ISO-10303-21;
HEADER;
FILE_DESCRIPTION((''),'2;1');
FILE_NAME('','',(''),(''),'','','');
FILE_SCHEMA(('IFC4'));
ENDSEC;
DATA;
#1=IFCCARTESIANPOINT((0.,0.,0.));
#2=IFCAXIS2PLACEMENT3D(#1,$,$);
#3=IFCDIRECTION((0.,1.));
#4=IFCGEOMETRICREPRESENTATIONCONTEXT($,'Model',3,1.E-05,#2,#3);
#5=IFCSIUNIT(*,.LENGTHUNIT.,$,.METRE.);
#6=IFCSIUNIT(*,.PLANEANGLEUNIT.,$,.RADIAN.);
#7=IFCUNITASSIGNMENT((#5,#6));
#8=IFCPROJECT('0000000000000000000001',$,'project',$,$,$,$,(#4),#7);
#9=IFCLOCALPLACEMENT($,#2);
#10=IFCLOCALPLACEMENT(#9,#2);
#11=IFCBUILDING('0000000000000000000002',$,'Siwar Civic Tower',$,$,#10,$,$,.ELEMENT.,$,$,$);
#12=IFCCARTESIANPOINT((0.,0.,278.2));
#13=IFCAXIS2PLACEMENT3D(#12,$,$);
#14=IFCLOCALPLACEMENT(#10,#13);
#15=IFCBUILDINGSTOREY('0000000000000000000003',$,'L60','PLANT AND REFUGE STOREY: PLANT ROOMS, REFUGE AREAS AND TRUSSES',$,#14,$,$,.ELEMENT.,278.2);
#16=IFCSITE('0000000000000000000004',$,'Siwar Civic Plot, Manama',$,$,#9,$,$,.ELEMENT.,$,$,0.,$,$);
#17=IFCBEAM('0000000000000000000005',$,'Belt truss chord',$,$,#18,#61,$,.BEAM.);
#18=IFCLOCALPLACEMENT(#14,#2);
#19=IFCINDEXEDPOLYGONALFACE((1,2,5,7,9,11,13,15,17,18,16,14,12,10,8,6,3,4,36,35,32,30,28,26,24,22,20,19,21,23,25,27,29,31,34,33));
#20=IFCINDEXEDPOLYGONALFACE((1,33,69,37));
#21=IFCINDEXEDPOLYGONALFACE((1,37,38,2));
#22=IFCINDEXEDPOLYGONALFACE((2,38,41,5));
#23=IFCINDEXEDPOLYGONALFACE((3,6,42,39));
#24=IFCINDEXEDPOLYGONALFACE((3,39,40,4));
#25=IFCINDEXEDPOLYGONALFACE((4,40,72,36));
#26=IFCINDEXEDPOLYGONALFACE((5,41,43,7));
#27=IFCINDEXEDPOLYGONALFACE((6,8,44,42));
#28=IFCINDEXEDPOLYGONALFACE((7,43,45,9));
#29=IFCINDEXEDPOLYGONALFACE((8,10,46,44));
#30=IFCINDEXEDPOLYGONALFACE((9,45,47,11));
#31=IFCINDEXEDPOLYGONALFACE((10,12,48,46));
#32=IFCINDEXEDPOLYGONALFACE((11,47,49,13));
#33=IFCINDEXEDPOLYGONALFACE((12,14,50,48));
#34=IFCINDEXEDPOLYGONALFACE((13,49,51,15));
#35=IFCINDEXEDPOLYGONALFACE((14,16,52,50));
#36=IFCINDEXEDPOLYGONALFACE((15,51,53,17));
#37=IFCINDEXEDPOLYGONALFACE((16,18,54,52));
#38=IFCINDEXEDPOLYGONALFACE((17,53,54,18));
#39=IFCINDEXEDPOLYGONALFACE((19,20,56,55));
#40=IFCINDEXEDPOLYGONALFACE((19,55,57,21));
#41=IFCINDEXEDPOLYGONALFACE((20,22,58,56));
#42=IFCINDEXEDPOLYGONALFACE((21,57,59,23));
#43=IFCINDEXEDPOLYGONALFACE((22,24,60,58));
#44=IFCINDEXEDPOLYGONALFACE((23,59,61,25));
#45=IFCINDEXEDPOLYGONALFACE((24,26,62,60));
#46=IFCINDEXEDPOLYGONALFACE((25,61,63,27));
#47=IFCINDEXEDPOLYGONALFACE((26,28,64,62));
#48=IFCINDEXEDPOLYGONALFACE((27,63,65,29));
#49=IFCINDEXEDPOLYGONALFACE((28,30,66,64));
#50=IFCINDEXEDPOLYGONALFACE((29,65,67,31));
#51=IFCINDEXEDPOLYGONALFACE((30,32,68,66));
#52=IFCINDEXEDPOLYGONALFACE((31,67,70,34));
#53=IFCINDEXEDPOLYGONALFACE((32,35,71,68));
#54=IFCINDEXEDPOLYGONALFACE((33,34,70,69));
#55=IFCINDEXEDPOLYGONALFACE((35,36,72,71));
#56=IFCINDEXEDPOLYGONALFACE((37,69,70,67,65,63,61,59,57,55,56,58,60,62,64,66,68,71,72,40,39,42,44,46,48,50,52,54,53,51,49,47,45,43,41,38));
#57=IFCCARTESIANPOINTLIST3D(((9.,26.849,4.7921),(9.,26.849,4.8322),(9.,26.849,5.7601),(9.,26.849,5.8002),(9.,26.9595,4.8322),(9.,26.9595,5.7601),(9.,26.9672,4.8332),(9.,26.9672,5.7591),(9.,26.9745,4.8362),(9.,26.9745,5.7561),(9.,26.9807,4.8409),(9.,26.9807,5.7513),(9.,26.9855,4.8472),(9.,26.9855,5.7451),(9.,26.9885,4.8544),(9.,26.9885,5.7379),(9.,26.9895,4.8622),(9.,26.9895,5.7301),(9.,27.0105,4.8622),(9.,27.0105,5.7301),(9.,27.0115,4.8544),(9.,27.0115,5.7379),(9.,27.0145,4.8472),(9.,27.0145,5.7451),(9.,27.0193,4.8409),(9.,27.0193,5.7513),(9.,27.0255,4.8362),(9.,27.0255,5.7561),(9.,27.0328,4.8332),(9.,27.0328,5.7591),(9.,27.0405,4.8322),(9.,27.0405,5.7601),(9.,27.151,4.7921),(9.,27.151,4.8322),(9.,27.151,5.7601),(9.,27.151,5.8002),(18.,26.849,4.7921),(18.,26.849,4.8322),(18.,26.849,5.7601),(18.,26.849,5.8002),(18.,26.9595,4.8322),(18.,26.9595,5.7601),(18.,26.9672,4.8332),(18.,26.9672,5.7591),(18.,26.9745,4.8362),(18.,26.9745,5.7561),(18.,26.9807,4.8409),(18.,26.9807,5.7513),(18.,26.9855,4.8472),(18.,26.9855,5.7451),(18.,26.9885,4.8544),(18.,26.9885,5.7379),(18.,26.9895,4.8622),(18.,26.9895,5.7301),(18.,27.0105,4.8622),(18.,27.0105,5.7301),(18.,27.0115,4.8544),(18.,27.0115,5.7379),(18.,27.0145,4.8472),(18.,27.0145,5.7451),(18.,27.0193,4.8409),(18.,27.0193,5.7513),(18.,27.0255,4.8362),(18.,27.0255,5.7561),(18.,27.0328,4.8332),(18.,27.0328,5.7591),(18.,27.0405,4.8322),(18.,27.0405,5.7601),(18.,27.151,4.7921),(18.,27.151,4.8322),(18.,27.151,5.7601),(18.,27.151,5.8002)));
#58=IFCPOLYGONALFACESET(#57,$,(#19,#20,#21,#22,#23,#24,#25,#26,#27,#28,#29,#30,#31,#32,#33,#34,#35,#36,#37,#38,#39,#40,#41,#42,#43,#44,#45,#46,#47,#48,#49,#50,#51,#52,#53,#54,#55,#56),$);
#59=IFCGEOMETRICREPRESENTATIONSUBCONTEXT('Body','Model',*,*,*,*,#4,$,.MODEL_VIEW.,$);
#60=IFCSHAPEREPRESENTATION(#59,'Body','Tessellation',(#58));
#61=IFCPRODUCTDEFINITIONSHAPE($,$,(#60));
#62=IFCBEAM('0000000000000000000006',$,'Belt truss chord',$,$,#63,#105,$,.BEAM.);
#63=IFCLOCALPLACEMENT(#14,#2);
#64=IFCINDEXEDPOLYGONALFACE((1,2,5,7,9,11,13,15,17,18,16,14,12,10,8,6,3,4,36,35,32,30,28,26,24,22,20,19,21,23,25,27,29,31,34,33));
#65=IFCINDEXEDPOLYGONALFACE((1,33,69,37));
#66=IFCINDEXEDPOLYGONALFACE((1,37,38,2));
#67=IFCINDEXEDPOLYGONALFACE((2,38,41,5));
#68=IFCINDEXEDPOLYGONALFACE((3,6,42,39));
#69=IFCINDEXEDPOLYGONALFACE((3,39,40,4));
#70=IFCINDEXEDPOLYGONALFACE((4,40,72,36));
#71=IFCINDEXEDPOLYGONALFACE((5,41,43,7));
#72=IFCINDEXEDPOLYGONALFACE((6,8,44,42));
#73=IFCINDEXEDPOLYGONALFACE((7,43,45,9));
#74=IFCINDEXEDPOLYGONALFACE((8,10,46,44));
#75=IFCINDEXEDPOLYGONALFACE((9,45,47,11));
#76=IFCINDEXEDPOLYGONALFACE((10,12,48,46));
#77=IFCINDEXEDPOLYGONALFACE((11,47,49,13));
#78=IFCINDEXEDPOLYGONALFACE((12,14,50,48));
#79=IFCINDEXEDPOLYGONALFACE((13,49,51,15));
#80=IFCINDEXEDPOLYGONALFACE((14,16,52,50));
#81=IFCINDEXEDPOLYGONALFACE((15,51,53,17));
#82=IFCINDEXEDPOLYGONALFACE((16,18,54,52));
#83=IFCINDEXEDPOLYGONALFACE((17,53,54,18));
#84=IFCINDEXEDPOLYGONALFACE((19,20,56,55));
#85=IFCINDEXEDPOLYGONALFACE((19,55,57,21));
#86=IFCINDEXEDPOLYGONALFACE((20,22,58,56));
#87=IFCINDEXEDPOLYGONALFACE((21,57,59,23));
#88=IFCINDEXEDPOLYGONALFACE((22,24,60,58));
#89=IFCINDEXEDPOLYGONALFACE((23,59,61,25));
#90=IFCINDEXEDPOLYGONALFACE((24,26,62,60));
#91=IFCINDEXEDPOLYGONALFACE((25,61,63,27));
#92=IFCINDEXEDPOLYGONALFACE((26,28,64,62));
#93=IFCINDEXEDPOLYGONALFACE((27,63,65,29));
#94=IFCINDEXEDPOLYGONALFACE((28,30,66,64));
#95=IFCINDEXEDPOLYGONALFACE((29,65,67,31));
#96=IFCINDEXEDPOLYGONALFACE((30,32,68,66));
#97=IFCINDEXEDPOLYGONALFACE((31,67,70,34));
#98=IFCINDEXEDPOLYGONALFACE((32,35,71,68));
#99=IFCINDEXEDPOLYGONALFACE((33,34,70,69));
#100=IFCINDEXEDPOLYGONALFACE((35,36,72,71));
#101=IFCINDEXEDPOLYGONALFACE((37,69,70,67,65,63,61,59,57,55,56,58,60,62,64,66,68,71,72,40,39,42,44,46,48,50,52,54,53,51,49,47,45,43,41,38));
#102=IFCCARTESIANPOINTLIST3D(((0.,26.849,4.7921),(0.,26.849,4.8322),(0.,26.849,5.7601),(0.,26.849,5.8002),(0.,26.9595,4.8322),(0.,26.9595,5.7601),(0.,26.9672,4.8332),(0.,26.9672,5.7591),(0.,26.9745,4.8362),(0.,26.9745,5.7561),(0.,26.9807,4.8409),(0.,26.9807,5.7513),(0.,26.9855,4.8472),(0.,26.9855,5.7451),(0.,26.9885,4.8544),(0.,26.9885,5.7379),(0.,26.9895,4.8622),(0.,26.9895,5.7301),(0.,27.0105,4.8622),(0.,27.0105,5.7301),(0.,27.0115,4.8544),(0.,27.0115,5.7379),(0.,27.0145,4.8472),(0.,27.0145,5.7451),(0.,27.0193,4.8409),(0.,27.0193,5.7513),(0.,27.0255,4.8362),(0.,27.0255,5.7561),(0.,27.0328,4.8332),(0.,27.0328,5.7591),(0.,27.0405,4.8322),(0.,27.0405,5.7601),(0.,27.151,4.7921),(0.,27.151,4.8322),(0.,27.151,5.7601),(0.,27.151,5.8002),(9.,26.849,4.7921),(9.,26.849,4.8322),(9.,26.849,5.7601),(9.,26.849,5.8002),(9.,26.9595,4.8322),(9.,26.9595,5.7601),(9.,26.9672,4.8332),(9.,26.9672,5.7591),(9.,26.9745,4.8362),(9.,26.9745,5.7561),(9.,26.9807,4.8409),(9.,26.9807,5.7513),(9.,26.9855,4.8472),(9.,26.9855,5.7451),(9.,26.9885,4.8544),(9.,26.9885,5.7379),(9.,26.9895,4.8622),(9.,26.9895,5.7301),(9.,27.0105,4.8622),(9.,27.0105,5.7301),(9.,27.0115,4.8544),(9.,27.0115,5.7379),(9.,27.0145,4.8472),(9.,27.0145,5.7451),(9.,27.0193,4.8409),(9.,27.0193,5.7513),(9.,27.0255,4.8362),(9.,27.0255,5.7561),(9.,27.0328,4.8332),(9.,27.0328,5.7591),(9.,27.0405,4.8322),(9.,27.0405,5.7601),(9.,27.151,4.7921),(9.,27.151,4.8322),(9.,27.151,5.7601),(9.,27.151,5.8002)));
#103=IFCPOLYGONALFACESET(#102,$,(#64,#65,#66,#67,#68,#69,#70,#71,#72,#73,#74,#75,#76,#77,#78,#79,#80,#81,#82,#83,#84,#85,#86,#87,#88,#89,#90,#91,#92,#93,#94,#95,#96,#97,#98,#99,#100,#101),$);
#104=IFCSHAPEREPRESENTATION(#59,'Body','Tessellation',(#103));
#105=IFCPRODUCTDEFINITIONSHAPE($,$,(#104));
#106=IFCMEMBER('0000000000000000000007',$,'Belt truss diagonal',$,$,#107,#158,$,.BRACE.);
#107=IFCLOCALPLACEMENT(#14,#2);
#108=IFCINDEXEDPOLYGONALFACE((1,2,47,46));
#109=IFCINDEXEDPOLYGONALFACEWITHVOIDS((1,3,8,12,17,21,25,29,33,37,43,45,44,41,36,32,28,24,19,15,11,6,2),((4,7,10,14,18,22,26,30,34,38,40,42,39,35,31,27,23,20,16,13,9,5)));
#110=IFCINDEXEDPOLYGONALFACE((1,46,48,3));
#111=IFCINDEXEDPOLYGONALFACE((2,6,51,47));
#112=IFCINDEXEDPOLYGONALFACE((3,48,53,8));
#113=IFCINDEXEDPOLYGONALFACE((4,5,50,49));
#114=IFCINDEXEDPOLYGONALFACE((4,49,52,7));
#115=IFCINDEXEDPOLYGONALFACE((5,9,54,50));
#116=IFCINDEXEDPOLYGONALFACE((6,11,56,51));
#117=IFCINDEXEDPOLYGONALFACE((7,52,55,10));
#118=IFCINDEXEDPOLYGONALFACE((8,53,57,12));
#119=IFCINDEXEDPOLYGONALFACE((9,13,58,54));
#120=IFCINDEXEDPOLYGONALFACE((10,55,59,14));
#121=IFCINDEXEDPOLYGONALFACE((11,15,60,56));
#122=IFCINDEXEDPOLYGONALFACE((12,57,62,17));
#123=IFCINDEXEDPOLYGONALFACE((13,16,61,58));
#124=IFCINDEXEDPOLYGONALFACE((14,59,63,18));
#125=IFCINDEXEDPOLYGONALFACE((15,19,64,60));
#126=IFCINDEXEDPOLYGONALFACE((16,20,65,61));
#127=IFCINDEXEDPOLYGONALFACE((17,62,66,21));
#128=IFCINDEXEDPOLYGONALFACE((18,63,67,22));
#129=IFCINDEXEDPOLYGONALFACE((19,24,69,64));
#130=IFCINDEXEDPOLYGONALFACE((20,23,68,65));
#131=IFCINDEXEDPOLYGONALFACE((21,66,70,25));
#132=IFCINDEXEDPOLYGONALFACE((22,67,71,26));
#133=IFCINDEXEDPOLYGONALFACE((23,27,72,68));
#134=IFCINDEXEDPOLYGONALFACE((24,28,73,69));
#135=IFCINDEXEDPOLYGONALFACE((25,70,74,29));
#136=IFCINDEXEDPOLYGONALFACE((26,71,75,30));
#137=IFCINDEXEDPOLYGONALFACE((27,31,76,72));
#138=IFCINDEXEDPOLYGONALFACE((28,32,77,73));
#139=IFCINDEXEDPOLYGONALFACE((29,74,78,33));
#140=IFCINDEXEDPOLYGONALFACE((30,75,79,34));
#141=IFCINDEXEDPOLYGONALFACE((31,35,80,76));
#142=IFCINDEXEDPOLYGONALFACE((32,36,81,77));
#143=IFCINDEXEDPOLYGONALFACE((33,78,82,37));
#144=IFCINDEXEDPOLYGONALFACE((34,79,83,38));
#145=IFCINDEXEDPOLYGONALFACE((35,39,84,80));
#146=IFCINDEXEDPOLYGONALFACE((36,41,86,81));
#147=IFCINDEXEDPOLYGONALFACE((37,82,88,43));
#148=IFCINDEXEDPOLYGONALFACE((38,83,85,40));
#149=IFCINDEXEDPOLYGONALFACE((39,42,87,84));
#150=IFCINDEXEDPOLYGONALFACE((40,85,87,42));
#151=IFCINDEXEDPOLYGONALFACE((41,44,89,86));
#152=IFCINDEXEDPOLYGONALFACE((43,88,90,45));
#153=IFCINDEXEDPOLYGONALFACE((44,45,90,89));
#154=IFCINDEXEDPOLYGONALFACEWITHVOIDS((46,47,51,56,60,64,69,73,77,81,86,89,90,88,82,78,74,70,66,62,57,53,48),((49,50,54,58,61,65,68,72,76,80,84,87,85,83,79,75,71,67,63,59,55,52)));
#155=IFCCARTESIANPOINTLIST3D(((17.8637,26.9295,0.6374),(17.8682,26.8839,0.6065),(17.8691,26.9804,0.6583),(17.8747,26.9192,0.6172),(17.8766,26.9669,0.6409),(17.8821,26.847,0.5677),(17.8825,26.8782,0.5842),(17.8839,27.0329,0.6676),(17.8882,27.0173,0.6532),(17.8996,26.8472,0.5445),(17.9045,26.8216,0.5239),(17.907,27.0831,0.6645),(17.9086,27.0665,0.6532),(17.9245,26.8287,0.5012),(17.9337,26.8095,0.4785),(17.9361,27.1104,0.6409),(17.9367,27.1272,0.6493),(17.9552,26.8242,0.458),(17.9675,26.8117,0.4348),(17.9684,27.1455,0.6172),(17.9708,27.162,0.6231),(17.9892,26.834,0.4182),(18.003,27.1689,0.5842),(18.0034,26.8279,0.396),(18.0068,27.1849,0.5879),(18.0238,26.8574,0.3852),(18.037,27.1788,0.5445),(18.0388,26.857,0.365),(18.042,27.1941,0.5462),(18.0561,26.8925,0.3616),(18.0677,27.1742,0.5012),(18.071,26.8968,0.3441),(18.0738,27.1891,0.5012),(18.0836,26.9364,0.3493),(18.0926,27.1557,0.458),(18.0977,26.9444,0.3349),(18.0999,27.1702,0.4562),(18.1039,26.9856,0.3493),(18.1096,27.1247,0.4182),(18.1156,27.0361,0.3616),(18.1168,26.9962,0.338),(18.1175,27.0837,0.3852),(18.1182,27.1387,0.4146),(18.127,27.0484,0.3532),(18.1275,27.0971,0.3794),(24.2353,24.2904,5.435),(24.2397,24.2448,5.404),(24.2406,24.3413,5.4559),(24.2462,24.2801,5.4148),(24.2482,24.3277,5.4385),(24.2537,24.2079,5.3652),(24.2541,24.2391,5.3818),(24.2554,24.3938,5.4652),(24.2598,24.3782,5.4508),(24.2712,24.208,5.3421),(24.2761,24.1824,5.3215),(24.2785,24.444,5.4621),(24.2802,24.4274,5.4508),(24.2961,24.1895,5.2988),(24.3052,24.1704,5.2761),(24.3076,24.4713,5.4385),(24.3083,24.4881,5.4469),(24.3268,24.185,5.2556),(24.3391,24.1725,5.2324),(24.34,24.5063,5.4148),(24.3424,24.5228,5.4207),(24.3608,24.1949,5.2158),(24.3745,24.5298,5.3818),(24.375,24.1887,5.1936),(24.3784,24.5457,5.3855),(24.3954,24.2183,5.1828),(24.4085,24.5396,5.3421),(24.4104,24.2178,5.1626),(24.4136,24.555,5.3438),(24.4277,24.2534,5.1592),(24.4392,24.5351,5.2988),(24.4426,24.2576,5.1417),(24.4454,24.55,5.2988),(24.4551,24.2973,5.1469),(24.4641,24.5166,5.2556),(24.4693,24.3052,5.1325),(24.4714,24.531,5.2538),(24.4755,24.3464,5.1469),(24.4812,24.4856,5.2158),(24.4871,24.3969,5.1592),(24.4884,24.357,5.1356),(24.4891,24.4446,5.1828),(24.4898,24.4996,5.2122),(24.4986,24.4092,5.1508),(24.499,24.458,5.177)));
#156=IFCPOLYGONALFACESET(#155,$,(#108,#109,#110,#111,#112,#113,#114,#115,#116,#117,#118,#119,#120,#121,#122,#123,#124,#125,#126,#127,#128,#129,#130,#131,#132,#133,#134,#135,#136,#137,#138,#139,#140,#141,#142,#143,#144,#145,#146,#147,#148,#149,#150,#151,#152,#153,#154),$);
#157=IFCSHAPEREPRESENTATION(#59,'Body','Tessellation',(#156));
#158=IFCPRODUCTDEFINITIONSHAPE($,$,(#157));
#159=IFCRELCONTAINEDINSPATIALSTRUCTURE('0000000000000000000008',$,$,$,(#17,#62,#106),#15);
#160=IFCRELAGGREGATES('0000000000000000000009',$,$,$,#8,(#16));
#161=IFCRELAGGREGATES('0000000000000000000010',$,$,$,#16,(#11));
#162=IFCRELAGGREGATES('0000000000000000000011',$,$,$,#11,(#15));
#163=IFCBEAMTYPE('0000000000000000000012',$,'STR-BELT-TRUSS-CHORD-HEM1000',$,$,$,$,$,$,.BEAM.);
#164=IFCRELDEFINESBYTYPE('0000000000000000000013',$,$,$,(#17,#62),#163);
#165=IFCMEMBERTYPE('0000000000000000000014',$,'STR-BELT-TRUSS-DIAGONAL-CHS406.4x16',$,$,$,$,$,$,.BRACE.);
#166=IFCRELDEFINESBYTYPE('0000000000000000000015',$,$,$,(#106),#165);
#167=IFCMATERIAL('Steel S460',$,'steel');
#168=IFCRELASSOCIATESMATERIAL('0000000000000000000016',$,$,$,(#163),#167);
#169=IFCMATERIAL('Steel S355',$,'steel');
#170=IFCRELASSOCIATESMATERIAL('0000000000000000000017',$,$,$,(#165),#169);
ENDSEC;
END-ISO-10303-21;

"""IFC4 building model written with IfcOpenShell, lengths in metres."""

from ifc_helpers import new_model, si_unit, direction, frame, origin, origin_2d, place, context, subcontext, project, spatial, hollow_circle, i_section, extrude, material, material_profile, profile_set, type_object, element, save


model = new_model("IFC4")

# Units and contexts
model_context = context("Model", 3, precision=1e-05, world=origin(), true_north=direction((0.0, 1.0)))
body_context = subcontext(model_context, "Body", "Model", "MODEL_VIEW")
ifc_project = project(units=[si_unit("LENGTHUNIT", "METRE"), si_unit("PLANEANGLEUNIT", "RADIAN")], contexts=[model_context])

# Site, building, storey
site_placement = place(None, origin())
site = spatial("IfcSite", under=ifc_project, at=site_placement, Name="Siwar Civic Plot, Manama", CompositionType="ELEMENT", RefElevation=0.0)
building_placement = place(site_placement, origin())
building = spatial("IfcBuilding", under=site, at=building_placement, Name="Siwar Civic Tower", CompositionType="ELEMENT")
storey_placement = place(building_placement, frame((0.0, 0.0, 278.2)))
storey = spatial("IfcBuildingStorey", under=building, at=storey_placement, Name="L60", Description="PLANT AND REFUGE STOREY: PLANT ROOMS, REFUGE AREAS AND TRUSSES", CompositionType="ELEMENT", Elevation=278.2)

# Beams
ifc_material_1 = material(Name="Steel S460", Category="steel")
ifc_material_profile_1 = material_profile(ifc_material_1, i_section(OverallWidth=0.302, OverallDepth=1.0081, WebThickness=0.021, FlangeThickness=0.04, FilletRadius=0.03, at=origin_2d()), Name="HEM1000")
ifc_profile_set_1 = profile_set([ifc_material_profile_1], Name="Steel S460")
beam_type_1 = type_object("IfcBeamType", Name="STR-BELT-TRUSS-CHORD-HEM1000", PredefinedType="BEAM", material=ifc_profile_set_1)
for number, where, z_axis, x_axis, name in (
    (1, (18.0, 27.0, 5.2961), (-1.0, 0.0, 0.0), (0.0, -1.0, 0.0), "Belt truss chord"),
    (2, (9.0, 27.0, 5.2961), (-1.0, 0.0, 0.0), (0.0, -1.0, 0.0), "Belt truss chord"),
):
    element("IfcBeam", number, at=place(storey_placement, frame(where, z_axis=z_axis, x_axis=x_axis)), inside=storey, type_object=beam_type_1, Name=name, PredefinedType="BEAM", context=body_context, shape_type="SweptSolid", body=[
        extrude(i_section(OverallWidth=0.302, OverallDepth=1.0081, WebThickness=0.021, FlangeThickness=0.04, FilletRadius=0.03, at=origin_2d()), origin(), (0.0, 0.0, 1.0), 9.0),
    ])

# Member
ifc_material_2 = material(Name="Steel S355", Category="steel")
ifc_material_profile_2 = material_profile(ifc_material_2, hollow_circle(Radius=0.2031, WallThickness=0.0161, at=origin_2d()), Name="CHS406.4x16")
ifc_profile_set_2 = profile_set([ifc_material_profile_2], Name="Steel S355")
member_type_1 = type_object("IfcMemberType", Name="STR-BELT-TRUSS-DIAGONAL-CHS406.4x16", PredefinedType="BRACE", material=ifc_profile_set_2)
member_1_placement = place(storey_placement, frame((17.9961, 27.0015, 0.5012), z_axis=(0.758418, -0.314143, 0.571066), x_axis=(0.382679, 0.923881, 0.0)))
element("IfcMember", 3, at=member_1_placement, inside=storey, type_object=member_type_1, Name="Belt truss diagonal", PredefinedType="BRACE", context=body_context, shape_type="SweptSolid", body=[
    extrude(hollow_circle(Radius=0.2031, WallThickness=0.0161, at=origin_2d()), origin(), (0.0, 0.0, 1.0), 8.4011),
])

save(model, "model.ifc")
